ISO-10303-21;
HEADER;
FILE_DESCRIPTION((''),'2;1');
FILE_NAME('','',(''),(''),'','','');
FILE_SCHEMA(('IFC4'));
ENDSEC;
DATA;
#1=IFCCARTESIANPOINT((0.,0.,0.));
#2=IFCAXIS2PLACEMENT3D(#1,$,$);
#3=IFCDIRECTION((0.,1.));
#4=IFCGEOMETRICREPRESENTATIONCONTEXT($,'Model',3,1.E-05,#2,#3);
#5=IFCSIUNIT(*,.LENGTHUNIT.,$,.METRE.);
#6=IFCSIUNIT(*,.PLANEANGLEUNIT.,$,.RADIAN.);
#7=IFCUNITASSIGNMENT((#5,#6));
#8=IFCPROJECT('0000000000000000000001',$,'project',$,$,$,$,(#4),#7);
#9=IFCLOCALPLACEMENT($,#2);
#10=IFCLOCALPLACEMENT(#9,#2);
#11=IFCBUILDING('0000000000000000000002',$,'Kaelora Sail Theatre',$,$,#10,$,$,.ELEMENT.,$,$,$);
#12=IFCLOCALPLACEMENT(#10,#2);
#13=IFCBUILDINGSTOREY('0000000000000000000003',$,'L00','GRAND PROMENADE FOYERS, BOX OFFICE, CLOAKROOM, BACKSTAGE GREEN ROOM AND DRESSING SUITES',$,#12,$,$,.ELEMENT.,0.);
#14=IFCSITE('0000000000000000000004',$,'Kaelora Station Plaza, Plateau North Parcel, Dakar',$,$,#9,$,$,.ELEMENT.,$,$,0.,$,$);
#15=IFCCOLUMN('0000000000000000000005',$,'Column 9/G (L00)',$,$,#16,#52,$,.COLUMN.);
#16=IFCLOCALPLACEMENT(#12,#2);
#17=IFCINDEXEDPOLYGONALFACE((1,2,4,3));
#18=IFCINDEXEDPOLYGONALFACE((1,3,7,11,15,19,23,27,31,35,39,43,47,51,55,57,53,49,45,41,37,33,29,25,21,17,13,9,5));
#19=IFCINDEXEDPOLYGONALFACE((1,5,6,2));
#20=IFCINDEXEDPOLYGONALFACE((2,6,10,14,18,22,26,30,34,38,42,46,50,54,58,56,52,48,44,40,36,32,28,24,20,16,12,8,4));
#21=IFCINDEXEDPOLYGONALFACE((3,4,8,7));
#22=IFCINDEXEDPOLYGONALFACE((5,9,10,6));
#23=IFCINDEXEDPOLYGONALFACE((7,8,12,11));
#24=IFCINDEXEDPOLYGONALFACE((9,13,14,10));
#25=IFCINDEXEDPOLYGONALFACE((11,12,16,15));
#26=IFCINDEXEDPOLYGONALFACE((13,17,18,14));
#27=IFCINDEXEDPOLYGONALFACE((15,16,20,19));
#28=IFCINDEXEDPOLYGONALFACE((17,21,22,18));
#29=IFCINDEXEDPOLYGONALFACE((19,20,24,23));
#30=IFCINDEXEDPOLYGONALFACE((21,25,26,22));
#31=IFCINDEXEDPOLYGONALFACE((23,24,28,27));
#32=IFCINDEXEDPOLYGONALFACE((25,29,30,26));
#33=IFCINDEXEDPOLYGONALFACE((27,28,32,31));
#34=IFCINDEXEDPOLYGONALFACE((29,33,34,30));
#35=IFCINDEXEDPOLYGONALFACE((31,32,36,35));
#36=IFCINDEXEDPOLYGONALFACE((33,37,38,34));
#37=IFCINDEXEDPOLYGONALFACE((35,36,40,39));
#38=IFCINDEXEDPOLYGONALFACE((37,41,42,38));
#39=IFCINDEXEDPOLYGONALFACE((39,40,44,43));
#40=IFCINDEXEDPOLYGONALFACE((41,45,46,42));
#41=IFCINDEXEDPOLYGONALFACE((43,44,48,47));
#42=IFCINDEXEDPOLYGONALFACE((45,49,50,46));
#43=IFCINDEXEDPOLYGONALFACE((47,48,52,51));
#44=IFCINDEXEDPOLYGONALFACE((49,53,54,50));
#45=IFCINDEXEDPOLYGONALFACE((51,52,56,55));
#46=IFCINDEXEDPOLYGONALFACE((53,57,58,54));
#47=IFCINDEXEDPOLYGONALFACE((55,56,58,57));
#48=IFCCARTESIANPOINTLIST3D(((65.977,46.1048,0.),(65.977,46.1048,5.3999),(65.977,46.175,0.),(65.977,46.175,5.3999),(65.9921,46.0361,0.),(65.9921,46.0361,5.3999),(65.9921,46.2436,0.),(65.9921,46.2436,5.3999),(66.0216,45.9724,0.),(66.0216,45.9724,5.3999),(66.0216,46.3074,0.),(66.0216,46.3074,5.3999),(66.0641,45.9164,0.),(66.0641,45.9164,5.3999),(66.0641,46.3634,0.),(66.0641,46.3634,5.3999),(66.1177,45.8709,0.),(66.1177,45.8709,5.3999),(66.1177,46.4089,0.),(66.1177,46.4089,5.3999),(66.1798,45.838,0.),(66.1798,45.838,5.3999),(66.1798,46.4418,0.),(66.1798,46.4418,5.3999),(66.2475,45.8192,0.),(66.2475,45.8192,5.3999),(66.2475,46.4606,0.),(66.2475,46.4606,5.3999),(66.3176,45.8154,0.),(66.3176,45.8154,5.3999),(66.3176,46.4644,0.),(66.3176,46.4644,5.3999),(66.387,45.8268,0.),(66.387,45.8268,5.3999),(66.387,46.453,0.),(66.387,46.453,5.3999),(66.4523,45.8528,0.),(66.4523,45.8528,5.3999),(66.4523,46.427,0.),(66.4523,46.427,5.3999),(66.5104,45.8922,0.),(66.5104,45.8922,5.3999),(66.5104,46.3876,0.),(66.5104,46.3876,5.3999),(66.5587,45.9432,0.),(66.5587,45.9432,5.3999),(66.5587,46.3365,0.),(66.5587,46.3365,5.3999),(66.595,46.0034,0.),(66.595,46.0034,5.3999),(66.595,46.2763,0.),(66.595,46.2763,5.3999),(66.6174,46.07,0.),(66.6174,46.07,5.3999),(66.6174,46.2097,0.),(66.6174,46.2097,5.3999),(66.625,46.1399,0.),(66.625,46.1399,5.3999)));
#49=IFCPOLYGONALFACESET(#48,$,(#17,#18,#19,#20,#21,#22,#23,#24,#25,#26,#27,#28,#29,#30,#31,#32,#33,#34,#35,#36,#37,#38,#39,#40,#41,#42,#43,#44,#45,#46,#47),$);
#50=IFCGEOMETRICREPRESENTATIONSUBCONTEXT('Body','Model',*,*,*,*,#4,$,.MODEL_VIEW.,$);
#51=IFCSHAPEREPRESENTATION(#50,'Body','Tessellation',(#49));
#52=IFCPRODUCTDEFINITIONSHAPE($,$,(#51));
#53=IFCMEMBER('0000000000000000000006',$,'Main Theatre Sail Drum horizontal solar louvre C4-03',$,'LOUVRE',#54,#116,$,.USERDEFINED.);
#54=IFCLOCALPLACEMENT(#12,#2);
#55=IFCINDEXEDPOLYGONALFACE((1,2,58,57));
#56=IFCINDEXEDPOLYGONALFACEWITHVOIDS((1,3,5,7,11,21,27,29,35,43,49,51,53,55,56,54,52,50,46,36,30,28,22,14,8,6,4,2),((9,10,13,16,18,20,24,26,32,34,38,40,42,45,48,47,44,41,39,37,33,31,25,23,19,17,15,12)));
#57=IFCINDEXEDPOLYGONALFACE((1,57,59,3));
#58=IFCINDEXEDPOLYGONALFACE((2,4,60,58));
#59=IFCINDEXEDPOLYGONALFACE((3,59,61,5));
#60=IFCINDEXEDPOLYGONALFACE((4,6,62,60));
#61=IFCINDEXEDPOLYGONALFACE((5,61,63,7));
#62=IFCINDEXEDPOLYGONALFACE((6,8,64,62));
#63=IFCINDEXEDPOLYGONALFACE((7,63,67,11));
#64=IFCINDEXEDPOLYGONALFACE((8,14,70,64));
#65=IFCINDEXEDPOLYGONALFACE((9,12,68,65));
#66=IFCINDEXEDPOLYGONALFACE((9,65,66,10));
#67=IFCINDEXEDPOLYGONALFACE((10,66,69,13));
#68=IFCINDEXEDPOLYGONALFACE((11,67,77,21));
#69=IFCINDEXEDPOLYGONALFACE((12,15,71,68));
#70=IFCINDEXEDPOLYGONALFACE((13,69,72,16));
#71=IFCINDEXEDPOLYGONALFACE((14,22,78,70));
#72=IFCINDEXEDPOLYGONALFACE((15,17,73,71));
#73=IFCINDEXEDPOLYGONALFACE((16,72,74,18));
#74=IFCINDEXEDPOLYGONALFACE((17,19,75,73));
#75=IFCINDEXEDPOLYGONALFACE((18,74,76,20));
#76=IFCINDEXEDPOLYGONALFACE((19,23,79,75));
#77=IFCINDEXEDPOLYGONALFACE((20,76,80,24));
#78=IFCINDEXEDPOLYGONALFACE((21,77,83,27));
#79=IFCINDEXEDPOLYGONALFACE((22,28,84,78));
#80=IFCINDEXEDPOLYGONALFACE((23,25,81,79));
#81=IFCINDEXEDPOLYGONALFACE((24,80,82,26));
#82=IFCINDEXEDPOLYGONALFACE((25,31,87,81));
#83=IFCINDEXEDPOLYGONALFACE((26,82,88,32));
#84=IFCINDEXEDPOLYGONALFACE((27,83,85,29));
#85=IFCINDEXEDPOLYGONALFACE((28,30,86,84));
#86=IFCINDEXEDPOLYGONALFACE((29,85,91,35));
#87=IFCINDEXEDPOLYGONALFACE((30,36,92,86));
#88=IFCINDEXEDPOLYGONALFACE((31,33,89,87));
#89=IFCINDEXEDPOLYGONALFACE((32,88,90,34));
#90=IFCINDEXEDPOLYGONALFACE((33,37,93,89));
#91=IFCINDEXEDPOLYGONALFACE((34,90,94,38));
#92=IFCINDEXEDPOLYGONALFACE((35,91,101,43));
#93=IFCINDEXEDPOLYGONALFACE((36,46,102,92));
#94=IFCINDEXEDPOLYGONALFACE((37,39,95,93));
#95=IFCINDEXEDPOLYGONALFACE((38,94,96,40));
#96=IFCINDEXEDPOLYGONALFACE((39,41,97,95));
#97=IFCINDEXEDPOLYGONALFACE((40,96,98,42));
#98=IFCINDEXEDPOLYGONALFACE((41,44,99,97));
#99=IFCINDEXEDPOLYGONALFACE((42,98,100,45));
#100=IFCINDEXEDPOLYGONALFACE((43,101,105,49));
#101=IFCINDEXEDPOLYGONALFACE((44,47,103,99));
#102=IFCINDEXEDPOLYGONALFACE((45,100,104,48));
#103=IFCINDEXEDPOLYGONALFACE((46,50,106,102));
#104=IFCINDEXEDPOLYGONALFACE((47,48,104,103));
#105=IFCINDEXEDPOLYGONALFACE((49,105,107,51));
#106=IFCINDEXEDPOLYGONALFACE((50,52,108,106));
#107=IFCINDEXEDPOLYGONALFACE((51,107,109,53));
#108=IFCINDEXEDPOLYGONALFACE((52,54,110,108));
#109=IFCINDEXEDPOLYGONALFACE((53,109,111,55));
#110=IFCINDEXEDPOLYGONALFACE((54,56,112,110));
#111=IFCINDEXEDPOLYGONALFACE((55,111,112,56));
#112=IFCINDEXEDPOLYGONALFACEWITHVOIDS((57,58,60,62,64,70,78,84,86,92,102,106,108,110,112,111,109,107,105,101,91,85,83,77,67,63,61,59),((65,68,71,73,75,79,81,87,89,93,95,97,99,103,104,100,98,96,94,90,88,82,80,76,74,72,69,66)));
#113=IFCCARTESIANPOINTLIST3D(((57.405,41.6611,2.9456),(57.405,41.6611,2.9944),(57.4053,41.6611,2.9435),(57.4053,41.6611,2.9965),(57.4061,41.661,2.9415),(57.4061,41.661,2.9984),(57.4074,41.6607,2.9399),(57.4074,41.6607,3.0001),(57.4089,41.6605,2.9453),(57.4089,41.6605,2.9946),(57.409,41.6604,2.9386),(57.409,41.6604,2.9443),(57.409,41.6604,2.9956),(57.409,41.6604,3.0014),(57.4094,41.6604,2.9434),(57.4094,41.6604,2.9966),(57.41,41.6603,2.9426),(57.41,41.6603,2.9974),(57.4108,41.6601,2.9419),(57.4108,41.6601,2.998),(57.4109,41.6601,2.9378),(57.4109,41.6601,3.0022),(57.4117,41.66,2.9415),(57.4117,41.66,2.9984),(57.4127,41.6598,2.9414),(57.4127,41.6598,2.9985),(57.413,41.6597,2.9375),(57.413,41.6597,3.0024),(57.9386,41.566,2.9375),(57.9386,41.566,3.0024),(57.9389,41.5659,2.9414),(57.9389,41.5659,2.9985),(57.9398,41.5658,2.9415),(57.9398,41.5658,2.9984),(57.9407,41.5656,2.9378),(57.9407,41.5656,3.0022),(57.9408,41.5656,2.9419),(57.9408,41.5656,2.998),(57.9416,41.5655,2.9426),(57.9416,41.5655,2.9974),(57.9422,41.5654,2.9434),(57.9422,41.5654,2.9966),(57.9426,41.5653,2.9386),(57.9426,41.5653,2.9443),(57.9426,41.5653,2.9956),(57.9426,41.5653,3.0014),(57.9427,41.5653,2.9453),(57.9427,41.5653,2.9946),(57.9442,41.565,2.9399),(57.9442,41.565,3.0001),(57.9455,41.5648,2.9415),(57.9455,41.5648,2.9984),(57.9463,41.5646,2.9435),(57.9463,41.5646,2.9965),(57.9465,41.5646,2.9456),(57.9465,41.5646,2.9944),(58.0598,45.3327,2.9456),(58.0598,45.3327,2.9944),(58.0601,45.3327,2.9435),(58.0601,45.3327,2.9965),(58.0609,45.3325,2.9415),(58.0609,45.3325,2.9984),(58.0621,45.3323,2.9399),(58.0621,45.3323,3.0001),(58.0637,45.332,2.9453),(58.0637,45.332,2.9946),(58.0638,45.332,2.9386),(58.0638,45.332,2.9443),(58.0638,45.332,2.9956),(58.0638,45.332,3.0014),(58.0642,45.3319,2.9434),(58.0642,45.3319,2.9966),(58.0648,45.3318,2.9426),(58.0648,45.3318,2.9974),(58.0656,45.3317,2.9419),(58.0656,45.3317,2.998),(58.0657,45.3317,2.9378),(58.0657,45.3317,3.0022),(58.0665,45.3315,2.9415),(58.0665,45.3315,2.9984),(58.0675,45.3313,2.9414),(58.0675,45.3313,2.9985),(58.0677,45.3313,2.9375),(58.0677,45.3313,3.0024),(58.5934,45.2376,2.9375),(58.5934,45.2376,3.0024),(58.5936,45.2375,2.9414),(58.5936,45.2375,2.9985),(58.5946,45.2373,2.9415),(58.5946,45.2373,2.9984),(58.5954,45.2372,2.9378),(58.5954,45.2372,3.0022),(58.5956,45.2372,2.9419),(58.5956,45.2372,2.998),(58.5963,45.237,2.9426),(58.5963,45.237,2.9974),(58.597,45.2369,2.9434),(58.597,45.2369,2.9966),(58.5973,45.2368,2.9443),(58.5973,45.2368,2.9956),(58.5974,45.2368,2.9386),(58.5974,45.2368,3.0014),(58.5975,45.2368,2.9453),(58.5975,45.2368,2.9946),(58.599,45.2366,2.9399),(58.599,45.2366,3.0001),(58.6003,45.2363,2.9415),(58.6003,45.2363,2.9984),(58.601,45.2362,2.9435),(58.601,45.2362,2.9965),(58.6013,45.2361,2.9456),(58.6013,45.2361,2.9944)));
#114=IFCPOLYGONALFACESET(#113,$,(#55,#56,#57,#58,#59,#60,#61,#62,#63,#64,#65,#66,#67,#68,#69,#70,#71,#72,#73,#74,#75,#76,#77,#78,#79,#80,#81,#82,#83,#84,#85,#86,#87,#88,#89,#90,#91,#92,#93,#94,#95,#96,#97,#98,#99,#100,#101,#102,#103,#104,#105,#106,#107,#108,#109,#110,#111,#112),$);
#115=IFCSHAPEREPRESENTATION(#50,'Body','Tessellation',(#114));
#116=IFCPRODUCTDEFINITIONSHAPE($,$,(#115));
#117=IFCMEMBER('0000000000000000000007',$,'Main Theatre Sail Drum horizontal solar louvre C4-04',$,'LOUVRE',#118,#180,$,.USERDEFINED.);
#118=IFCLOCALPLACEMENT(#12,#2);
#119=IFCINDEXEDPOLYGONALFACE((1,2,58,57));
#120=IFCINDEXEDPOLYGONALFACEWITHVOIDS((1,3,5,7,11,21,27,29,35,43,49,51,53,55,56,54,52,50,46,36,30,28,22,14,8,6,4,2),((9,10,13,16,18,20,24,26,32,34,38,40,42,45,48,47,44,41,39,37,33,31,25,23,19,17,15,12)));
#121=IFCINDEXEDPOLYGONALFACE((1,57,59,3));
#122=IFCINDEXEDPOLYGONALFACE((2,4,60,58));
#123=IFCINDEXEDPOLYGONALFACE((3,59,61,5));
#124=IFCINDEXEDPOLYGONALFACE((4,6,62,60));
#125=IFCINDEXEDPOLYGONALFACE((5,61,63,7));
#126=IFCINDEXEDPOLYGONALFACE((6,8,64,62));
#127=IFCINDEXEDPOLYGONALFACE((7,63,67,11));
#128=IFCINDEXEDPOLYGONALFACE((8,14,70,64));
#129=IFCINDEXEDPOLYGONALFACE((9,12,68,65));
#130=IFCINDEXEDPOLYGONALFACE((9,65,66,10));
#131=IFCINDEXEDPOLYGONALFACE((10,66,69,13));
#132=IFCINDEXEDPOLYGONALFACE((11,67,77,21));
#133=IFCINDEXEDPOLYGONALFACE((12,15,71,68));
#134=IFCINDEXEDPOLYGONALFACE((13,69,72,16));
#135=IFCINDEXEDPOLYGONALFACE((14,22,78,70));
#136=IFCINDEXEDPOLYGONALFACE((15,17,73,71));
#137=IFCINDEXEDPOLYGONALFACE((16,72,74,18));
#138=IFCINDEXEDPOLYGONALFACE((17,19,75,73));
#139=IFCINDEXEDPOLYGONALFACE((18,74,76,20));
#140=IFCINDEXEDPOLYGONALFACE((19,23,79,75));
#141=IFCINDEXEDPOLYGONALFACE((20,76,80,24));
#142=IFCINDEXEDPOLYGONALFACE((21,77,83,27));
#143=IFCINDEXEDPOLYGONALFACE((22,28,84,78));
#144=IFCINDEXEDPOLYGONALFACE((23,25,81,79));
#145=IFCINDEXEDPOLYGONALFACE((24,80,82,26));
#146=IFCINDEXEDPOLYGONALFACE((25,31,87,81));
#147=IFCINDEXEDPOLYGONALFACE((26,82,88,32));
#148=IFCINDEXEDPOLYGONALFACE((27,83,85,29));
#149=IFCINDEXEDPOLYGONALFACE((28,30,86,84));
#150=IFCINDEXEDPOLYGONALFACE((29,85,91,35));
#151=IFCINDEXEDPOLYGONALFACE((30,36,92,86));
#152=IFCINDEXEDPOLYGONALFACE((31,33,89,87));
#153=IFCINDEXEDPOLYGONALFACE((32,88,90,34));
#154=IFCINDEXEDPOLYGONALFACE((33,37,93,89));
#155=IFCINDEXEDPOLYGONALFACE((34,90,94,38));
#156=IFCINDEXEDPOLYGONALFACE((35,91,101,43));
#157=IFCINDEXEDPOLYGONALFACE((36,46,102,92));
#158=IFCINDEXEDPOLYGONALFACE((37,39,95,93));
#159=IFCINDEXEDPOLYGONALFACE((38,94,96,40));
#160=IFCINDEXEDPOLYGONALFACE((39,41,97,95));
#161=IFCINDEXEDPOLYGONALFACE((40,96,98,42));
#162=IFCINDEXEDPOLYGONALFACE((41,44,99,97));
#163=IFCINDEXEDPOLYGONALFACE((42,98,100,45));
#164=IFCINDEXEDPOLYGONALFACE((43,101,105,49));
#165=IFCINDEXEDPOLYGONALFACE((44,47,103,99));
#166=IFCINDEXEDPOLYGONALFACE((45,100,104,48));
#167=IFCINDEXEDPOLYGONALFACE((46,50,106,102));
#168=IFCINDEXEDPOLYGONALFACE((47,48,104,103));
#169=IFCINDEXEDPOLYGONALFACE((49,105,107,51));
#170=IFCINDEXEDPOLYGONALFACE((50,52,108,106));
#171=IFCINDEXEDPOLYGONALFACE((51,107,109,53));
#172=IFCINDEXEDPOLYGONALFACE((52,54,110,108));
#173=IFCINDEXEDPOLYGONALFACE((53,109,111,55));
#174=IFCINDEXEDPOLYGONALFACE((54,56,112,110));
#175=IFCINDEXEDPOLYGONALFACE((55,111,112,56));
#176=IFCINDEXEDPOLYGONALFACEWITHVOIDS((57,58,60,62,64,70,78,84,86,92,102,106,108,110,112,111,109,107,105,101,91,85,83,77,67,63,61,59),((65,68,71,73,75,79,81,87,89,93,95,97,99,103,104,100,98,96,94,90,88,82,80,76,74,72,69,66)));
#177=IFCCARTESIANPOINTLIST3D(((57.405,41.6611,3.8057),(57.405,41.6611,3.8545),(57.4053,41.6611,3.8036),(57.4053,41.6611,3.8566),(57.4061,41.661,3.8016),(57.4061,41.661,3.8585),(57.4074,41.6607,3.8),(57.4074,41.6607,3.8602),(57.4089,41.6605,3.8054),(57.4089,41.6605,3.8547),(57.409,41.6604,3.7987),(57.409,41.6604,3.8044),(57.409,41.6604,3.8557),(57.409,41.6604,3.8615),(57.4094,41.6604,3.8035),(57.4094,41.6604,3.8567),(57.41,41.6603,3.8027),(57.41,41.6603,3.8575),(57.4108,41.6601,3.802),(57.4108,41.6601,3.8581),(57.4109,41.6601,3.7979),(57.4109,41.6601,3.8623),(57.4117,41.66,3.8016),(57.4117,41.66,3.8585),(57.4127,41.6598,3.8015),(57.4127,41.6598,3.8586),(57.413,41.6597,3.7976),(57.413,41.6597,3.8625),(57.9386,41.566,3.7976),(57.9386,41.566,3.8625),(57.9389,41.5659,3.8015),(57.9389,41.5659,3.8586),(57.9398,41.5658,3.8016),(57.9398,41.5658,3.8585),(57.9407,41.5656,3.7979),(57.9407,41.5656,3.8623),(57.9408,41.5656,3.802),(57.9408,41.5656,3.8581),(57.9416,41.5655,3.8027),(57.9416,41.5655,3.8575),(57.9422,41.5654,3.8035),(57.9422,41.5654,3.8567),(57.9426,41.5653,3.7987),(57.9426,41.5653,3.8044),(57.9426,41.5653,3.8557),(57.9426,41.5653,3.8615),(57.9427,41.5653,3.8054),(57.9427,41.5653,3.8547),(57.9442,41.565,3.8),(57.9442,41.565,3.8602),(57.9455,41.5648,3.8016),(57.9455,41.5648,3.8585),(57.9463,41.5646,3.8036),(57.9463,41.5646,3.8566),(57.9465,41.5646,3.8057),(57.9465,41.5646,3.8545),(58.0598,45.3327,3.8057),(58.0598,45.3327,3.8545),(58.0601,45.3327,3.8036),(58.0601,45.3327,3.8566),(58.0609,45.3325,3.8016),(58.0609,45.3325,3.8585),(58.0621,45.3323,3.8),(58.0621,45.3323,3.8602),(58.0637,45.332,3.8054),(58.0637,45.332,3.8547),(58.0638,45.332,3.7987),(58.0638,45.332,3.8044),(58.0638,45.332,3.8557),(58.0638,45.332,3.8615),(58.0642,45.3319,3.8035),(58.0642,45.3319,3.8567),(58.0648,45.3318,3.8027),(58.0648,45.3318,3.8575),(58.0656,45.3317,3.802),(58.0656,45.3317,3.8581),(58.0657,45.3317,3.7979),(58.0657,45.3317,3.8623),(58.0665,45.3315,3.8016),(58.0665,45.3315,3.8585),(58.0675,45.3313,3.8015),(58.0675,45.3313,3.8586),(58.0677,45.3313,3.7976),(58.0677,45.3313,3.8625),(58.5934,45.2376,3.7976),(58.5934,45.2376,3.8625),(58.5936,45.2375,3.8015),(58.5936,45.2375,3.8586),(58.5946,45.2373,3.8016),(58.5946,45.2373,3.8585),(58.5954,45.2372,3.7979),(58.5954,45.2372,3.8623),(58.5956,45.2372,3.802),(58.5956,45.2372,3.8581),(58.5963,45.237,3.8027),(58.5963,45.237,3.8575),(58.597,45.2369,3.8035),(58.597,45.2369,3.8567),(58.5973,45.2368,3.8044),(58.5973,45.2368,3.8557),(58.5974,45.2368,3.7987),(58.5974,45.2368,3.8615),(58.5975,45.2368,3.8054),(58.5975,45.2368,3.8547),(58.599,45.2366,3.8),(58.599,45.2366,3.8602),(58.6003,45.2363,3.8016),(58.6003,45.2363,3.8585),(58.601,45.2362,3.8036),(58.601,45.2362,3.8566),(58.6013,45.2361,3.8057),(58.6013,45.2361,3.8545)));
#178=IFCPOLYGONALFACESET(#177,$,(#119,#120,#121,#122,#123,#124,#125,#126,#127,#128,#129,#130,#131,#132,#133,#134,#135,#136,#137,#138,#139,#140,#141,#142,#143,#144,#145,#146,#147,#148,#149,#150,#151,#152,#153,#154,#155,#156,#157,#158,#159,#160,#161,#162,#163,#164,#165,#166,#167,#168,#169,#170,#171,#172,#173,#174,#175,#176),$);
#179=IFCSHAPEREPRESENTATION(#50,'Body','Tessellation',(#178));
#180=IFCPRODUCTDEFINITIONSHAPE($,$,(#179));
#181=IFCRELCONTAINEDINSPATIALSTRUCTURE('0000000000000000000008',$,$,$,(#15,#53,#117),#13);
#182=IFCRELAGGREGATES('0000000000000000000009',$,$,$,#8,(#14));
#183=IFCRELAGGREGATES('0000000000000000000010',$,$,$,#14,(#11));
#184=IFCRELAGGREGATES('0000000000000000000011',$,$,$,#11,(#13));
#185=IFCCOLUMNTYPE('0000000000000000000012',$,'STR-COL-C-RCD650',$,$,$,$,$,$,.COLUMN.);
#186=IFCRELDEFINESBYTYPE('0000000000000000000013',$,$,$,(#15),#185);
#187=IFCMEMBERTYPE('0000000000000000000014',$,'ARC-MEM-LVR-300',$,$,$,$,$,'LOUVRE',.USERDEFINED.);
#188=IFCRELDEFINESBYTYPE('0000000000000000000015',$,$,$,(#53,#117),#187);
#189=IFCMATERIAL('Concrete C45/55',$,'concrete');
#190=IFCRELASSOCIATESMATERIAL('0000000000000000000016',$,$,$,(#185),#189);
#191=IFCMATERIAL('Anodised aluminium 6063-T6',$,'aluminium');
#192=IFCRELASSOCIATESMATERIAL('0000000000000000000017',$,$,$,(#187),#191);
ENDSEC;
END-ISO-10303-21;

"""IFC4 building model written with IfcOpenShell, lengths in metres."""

from ifc_helpers import new_model, si_unit, direction, frame, origin, origin_2d, place, context, subcontext, project, spatial, hollow_rectangle, circle, extrude, material, material_profile, profile_set, type_object, element, save


model = new_model("IFC4")

# Units and contexts
model_context = context("Model", 3, precision=1e-05, world=origin(), true_north=direction((0.0, 1.0)))
body_context = subcontext(model_context, "Body", "Model", "MODEL_VIEW")
ifc_project = project(units=[si_unit("LENGTHUNIT", "METRE"), si_unit("PLANEANGLEUNIT", "RADIAN")], contexts=[model_context])

# Site, building, storey
site_placement = place(None, origin())
site = spatial("IfcSite", under=ifc_project, at=site_placement, Name="Kaelora Station Plaza, Plateau North Parcel, Dakar", CompositionType="ELEMENT", RefElevation=0.0)
building_placement = place(site_placement, origin())
building = spatial("IfcBuilding", under=site, at=building_placement, Name="Kaelora Sail Theatre", CompositionType="ELEMENT")
storey_placement = place(building_placement, origin())
storey = spatial("IfcBuildingStorey", under=building, at=storey_placement, Name="L00", Description="GRAND PROMENADE FOYERS, BOX OFFICE, CLOAKROOM, BACKSTAGE GREEN ROOM AND DRESSING SUITES", CompositionType="ELEMENT", Elevation=0.0)

# Column
ifc_material_1 = material(Name="Concrete C45/55", Category="concrete")
ifc_material_profile_1 = material_profile(ifc_material_1, circle(Radius=0.325, at=origin_2d()), Name="RC-CCOL D650")
ifc_profile_set_1 = profile_set([ifc_material_profile_1], Name="Concrete C45/55")
column_type = type_object("IfcColumnType", Name="STR-COL-C-RCD650", PredefinedType="COLUMN", material=ifc_profile_set_1)
column_placement = place(storey_placement, frame((66.3, 46.1399, 0.0), z_axis=(0.0, 0.0, 1.0), x_axis=(1.0, 0.0, 0.0)))
element("IfcColumn", 1, at=column_placement, inside=storey, type_object=column_type, Name="Column 9/G (L00)", PredefinedType="COLUMN", context=body_context, shape_type="SweptSolid", body=[
    extrude(circle(Radius=0.325, at=origin_2d()), origin(), (0.0, 0.0, 1.0), 5.3999),
])

# Members
ifc_material_2 = material(Name="Anodised aluminium 6063-T6", Category="aluminium")
ifc_material_profile_2 = material_profile(ifc_material_2, hollow_rectangle(XDim=0.55, YDim=0.0649, WallThickness=0.0039, InnerFilletRadius=0.0039, OuterFilletRadius=0.0081, at=origin_2d()), Name="LOUVRE 550x65x4")
ifc_profile_set_2 = profile_set([ifc_material_profile_2], Name="Anodised aluminium 6063-T6")
member_type_1 = type_object("IfcMemberType", Name="ARC-MEM-LVR-300", ElementType="LOUVRE", PredefinedType="USERDEFINED", material=ifc_profile_set_2)
for number, where, z_axis, x_axis, name in (
    (2, (58.3306, 45.2844, 2.97), (-0.175566, -0.984468, 0.0), (0.984468, -0.175566, 0.0), "Main Theatre Sail Drum horizontal solar louvre C4-03"),
    (3, (58.3306, 45.2844, 3.8301), (-0.175566, -0.984468, 0.0), (0.984468, -0.175566, 0.0), "Main Theatre Sail Drum horizontal solar louvre C4-04"),
):
    element("IfcMember", number, at=place(storey_placement, frame(where, z_axis=z_axis, x_axis=x_axis)), inside=storey, type_object=member_type_1, Name=name, ObjectType="LOUVRE", PredefinedType="USERDEFINED", context=body_context, shape_type="SweptSolid", body=[
        extrude(hollow_rectangle(XDim=0.55, YDim=0.0649, WallThickness=0.0039, InnerFilletRadius=0.0039, OuterFilletRadius=0.0081, at=origin_2d()), origin(), (0.0, 0.0, 1.0), 3.7295),
    ])

save(model, "model.ifc")
